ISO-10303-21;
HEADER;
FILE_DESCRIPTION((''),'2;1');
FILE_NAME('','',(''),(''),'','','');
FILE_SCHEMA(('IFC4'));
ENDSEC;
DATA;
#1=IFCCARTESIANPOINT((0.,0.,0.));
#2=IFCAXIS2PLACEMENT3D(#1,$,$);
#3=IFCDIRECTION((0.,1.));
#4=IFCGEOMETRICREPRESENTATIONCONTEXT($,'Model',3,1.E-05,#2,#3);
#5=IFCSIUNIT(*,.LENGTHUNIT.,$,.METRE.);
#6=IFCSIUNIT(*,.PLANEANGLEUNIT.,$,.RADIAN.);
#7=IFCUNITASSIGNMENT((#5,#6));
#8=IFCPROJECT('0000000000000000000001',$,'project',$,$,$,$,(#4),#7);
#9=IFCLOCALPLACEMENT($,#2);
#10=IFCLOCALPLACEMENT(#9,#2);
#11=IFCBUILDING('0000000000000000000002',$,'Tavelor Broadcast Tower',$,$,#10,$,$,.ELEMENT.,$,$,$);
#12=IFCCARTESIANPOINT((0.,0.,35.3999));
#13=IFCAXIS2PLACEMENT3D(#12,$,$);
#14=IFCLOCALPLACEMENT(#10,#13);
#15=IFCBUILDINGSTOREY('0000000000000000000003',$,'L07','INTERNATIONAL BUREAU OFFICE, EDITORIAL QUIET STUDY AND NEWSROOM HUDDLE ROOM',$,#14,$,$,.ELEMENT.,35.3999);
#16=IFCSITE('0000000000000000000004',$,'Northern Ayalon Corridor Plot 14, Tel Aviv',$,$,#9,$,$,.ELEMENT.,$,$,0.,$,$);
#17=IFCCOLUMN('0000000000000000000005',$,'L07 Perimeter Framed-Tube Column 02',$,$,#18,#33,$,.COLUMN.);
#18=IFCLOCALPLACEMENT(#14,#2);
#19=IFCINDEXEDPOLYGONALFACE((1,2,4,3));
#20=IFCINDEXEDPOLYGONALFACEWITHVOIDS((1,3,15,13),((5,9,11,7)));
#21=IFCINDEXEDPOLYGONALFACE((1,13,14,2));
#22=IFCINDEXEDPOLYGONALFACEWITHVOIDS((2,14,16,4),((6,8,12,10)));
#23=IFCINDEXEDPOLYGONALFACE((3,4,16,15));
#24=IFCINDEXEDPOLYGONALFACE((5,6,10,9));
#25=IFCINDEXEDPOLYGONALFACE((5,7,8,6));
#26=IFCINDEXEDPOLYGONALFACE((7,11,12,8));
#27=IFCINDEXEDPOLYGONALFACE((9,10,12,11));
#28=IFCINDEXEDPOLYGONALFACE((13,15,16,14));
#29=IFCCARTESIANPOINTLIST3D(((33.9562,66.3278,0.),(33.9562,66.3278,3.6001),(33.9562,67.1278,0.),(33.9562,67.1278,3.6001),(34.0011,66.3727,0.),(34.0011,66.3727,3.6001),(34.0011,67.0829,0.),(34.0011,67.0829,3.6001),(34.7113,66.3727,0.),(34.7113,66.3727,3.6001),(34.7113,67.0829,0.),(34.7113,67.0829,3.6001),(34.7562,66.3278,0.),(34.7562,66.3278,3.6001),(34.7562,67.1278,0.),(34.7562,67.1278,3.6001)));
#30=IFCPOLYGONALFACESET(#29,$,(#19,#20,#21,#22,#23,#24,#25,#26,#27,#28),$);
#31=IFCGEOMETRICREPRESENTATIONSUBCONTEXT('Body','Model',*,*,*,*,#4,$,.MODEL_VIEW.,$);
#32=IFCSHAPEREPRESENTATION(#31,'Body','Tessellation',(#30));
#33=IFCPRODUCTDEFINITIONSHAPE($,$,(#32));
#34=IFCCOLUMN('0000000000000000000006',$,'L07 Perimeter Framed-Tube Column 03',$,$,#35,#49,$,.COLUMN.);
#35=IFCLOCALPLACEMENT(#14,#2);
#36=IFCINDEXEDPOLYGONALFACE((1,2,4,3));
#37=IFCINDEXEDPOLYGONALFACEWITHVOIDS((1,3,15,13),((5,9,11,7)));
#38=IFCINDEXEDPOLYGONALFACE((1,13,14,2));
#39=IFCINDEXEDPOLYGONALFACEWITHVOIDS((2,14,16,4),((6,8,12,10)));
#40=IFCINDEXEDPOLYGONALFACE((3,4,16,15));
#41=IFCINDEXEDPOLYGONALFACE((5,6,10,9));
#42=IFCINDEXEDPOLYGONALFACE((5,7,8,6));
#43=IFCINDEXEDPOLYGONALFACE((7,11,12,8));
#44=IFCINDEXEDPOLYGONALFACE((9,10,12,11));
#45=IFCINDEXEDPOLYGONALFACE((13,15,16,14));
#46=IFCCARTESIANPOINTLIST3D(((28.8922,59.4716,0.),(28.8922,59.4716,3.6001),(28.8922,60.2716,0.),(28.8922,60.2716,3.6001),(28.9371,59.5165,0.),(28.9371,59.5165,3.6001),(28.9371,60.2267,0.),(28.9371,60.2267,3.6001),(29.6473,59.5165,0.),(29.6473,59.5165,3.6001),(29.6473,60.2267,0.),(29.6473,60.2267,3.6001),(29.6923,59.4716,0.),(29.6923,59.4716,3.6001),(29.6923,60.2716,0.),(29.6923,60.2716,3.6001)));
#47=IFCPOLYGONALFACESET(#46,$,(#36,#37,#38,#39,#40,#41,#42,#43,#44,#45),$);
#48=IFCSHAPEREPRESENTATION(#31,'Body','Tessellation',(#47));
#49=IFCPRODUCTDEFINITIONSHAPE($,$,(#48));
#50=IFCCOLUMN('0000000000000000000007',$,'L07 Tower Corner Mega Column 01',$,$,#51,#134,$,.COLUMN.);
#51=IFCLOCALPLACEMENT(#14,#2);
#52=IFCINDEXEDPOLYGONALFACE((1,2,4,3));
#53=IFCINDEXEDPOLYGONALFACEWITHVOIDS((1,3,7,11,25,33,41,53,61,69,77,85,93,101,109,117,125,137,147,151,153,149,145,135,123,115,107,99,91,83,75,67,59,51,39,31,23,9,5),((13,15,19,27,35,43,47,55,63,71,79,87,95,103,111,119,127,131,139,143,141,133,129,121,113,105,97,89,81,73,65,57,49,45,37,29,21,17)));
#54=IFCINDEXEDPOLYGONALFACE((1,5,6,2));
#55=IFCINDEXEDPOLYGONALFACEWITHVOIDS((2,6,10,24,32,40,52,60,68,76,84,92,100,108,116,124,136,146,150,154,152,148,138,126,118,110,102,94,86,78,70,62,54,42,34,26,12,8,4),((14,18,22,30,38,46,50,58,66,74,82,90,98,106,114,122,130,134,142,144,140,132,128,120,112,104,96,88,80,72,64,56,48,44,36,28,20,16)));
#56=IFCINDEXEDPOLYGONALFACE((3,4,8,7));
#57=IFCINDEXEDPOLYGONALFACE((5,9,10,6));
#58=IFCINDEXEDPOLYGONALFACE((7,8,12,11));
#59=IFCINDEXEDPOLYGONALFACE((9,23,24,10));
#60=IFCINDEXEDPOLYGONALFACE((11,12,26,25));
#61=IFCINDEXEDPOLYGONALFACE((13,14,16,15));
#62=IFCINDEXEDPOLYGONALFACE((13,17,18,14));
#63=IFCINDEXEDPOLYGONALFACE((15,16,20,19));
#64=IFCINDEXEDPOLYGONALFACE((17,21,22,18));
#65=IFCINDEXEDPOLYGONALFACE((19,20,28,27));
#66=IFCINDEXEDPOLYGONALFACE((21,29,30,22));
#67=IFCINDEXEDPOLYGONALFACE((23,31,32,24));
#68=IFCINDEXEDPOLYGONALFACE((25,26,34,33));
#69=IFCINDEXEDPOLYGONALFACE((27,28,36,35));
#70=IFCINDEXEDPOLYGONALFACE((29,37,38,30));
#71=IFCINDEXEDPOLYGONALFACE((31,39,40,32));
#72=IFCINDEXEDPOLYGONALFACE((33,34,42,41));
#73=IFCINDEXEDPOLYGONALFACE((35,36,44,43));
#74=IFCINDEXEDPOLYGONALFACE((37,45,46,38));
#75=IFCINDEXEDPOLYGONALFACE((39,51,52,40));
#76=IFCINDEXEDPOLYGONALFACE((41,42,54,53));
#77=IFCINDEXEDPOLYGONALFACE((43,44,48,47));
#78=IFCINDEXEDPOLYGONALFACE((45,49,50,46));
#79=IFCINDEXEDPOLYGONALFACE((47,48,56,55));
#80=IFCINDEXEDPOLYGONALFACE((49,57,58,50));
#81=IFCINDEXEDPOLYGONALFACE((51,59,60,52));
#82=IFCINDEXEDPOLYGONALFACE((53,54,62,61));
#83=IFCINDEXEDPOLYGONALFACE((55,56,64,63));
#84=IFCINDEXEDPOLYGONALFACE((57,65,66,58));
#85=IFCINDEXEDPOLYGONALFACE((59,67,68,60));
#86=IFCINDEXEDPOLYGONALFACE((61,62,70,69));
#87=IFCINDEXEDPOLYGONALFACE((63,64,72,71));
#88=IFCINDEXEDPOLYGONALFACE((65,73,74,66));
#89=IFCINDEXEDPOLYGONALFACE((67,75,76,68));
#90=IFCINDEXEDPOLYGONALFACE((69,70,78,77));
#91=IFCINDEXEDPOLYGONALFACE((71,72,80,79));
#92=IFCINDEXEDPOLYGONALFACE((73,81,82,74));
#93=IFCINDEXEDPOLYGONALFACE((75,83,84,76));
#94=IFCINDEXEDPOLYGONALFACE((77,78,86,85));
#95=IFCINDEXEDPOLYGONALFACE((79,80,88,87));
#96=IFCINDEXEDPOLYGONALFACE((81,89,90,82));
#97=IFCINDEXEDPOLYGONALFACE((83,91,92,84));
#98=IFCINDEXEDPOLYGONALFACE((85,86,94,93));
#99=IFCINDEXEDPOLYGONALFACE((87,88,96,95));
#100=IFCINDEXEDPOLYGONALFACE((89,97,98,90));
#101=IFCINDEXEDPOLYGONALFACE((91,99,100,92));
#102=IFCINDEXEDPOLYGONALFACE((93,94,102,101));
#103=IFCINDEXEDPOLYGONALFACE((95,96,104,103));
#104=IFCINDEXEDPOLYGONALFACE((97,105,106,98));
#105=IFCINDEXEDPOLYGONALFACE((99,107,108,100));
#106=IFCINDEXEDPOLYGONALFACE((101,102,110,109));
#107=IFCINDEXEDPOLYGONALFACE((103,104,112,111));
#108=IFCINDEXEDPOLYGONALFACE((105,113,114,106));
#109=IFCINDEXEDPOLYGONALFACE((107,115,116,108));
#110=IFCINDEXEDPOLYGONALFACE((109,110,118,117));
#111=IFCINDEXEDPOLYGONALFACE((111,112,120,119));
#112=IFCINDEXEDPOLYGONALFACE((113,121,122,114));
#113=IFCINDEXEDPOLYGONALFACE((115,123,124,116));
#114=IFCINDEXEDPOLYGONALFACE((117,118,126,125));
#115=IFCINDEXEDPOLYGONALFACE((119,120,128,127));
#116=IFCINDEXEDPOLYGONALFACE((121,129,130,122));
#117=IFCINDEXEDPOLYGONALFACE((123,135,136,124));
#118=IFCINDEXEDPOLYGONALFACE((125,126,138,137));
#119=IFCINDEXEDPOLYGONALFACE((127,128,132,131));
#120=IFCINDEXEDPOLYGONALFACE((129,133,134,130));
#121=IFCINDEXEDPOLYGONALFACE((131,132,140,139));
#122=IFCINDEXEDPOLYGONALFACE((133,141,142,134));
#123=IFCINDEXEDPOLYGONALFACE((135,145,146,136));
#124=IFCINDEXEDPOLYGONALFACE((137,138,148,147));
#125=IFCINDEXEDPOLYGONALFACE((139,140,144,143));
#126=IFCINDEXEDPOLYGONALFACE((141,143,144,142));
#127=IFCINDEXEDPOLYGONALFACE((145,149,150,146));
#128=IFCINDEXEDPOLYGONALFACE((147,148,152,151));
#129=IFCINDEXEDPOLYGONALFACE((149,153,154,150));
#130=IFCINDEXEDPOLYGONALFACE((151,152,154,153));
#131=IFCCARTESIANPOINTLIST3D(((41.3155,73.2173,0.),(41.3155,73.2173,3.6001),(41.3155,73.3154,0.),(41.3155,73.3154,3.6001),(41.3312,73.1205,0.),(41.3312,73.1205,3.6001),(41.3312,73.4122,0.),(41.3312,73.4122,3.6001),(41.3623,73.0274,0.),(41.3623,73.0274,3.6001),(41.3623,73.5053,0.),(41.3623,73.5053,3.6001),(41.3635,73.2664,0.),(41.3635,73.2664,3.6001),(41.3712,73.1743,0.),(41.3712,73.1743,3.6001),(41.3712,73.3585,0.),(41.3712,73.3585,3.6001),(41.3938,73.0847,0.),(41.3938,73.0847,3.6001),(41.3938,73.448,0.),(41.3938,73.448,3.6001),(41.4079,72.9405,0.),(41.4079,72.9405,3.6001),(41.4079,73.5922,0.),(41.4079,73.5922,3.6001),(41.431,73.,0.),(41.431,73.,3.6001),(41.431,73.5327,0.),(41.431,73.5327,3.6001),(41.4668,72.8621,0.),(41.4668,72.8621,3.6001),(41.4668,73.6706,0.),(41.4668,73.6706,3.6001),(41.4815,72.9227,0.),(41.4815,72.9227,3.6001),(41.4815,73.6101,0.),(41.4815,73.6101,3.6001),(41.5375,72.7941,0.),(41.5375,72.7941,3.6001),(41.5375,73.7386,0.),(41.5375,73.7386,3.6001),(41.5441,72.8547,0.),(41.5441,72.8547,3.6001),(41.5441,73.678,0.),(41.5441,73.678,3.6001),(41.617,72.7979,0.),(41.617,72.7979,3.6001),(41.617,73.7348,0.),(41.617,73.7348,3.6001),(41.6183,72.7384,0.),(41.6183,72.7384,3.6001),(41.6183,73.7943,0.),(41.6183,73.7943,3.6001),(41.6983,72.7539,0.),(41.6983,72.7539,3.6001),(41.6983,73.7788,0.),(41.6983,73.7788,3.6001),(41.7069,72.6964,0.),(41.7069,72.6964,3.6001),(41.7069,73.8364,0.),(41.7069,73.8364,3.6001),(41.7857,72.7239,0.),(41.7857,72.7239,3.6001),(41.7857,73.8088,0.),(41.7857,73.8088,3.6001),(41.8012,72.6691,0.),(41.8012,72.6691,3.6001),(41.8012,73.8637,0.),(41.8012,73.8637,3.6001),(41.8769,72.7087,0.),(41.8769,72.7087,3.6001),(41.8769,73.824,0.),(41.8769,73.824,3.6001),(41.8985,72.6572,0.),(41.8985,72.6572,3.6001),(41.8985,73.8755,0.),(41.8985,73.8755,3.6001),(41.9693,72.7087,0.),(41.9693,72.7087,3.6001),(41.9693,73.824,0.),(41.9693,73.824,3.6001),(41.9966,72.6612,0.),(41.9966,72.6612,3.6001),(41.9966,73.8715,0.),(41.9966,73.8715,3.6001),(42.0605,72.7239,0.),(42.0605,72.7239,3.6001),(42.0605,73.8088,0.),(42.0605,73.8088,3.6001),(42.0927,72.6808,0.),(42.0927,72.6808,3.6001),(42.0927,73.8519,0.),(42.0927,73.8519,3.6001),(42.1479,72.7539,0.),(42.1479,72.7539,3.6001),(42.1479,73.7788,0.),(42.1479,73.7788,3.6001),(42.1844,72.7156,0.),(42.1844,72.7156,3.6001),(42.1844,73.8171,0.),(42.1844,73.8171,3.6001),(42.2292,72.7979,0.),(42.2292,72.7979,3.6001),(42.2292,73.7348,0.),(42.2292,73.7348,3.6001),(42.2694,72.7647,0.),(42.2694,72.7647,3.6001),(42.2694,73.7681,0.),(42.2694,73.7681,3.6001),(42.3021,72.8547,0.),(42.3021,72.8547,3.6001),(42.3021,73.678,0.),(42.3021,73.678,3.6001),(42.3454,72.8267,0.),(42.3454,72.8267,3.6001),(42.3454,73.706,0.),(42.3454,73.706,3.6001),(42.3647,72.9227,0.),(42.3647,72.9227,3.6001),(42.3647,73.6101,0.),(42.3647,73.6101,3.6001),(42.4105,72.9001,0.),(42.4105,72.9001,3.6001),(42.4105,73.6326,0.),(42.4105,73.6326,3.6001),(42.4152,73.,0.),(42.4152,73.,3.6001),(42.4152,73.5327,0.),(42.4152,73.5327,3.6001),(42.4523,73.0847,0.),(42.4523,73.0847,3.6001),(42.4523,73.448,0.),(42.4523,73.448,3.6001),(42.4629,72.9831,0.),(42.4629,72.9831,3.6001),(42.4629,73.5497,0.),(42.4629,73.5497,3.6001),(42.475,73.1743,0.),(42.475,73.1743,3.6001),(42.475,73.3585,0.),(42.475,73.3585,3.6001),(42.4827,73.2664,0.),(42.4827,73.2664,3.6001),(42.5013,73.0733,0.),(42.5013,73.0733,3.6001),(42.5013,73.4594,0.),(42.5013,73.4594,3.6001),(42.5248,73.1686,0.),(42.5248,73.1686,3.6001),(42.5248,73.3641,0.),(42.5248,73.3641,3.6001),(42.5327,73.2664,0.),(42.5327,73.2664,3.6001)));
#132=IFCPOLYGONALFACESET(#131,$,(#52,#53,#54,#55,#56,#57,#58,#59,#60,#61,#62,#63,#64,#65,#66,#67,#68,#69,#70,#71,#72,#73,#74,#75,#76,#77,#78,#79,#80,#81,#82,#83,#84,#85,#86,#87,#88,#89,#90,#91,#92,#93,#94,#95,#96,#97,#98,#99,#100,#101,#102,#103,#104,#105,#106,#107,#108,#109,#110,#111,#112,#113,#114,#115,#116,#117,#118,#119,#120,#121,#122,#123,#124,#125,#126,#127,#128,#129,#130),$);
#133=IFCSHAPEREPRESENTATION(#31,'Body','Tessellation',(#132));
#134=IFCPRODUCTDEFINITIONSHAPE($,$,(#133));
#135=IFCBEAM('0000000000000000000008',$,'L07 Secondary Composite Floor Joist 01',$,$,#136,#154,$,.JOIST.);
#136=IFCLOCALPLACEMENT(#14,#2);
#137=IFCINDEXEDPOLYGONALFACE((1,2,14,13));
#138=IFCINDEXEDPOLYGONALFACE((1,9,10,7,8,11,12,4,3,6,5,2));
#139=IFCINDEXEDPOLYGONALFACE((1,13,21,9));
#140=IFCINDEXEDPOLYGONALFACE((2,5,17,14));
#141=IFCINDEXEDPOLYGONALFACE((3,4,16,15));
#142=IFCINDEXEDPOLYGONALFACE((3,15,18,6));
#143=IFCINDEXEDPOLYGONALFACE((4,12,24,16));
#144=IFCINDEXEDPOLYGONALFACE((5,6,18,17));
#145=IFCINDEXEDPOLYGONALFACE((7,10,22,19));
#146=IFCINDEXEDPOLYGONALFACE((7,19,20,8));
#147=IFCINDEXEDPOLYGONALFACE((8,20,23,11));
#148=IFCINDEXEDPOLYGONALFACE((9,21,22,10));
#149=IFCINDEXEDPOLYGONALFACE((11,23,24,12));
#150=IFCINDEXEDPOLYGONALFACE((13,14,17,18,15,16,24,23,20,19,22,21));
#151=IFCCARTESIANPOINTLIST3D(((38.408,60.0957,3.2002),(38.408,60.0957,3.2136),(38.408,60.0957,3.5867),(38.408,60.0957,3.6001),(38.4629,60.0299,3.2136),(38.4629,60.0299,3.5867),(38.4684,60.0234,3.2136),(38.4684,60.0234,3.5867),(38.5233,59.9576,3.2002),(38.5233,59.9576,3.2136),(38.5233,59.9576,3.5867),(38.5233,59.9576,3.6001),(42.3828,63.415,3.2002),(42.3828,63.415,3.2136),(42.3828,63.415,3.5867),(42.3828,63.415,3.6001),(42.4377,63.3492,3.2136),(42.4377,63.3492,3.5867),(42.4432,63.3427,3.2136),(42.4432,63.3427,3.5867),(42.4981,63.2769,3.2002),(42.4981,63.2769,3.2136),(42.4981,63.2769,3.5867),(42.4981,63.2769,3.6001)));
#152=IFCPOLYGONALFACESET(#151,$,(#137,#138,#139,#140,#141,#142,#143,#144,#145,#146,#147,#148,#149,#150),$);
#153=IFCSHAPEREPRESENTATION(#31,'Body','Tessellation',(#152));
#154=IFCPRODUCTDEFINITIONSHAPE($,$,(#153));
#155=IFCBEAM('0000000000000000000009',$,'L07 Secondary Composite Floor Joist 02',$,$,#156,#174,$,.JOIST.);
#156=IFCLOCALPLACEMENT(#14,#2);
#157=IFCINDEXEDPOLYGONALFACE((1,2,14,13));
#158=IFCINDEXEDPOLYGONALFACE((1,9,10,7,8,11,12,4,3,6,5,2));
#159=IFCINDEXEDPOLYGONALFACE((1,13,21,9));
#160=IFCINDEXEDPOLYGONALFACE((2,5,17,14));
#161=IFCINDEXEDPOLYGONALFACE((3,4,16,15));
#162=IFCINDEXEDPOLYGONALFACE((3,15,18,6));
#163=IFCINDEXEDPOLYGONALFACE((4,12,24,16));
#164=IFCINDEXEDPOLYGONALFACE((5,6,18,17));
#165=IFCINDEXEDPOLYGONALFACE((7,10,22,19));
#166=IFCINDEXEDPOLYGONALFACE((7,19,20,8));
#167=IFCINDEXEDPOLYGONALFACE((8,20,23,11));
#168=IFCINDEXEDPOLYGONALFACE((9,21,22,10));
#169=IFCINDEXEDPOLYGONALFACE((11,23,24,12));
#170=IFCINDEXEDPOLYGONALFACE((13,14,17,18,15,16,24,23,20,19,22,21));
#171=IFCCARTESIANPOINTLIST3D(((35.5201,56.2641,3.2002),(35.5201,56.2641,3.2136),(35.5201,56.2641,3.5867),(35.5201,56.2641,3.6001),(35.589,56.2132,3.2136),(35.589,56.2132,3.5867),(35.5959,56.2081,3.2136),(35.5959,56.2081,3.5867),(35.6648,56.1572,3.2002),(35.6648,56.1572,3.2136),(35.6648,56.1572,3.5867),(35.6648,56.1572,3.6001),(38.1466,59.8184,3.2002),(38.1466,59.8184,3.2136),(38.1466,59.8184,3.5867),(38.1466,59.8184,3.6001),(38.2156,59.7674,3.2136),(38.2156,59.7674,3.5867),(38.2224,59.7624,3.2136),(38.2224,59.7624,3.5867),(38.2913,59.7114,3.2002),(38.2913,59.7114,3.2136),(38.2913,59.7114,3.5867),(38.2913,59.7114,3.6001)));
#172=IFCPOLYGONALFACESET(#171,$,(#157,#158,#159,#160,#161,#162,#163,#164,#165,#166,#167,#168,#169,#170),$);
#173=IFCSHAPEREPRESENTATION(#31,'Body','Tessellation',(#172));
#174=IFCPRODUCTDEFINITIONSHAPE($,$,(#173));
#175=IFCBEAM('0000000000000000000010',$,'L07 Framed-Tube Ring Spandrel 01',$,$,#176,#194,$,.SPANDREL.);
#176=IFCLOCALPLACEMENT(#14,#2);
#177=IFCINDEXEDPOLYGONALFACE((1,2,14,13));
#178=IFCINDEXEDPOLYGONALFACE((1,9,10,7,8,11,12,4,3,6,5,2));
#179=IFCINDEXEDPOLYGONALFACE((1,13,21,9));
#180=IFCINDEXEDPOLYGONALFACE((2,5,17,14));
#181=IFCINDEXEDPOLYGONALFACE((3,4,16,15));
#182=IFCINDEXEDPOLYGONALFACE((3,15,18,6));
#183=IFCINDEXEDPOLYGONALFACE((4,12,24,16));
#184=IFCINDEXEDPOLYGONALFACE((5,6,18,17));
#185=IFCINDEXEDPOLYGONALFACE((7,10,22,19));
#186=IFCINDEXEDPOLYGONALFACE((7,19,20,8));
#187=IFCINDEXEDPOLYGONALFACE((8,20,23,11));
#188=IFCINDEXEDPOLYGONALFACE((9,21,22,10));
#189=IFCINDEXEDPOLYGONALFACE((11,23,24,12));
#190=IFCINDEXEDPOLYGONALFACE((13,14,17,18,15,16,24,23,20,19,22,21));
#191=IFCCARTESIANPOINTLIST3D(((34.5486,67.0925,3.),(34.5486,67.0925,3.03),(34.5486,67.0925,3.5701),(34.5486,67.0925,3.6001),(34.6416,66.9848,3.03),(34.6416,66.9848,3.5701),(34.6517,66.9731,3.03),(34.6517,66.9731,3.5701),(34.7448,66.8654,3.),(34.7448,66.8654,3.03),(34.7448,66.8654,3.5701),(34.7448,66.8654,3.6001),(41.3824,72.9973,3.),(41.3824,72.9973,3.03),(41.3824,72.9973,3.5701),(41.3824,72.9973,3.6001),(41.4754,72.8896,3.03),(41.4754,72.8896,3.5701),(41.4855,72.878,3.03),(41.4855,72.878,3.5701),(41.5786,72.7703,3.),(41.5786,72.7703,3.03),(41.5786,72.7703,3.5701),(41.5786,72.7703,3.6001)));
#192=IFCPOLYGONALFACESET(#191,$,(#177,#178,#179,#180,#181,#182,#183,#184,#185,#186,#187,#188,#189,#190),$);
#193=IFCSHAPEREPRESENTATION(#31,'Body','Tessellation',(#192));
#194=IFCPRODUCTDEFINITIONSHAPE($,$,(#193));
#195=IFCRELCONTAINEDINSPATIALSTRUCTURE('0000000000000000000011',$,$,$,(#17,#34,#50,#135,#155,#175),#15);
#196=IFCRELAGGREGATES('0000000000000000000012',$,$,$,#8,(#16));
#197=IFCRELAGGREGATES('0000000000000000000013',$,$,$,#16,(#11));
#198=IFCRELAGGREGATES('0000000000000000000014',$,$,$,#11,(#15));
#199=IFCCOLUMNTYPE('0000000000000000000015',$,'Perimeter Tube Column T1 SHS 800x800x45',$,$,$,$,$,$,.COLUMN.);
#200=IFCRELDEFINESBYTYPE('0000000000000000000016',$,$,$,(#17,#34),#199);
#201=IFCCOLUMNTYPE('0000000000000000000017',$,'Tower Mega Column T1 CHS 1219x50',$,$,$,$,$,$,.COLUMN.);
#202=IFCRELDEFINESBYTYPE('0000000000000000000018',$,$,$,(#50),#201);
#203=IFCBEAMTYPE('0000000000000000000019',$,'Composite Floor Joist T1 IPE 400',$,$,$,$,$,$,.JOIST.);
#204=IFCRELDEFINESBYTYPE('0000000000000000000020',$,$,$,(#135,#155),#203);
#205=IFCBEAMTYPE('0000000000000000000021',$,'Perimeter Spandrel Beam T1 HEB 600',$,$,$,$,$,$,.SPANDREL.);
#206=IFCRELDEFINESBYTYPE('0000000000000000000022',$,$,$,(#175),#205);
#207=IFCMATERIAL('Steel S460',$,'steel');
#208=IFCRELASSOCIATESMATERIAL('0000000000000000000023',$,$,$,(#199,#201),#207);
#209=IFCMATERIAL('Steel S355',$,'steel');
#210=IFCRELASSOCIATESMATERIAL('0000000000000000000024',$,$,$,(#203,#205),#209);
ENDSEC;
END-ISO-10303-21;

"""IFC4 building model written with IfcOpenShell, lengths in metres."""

from ifc_helpers import new_model, si_unit, direction, frame, origin, origin_2d, place, context, subcontext, project, spatial, hollow_rectangle, hollow_circle, i_section, extrude, material, material_profile, profile_set, type_object, element, save


model = new_model("IFC4")

# Units and contexts
model_context = context("Model", 3, precision=1e-05, world=origin(), true_north=direction((0.0, 1.0)))
body_context = subcontext(model_context, "Body", "Model", "MODEL_VIEW")
ifc_project = project(units=[si_unit("LENGTHUNIT", "METRE"), si_unit("PLANEANGLEUNIT", "RADIAN")], contexts=[model_context])

# Site, building, storey
site_placement = place(None, origin())
site = spatial("IfcSite", under=ifc_project, at=site_placement, Name="Northern Ayalon Corridor Plot 14, Tel Aviv", CompositionType="ELEMENT", RefElevation=0.0)
building_placement = place(site_placement, origin())
building = spatial("IfcBuilding", under=site, at=building_placement, Name="Tavelor Broadcast Tower", CompositionType="ELEMENT")
storey_placement = place(building_placement, frame((0.0, 0.0, 35.3999)))
storey = spatial("IfcBuildingStorey", under=building, at=storey_placement, Name="L07", Description="INTERNATIONAL BUREAU OFFICE, EDITORIAL QUIET STUDY AND NEWSROOM HUDDLE ROOM", CompositionType="ELEMENT", Elevation=35.3999)

# Columns
ifc_material_1 = material(Name="Steel S460", Category="steel")
ifc_material_profile_1 = material_profile(ifc_material_1, hollow_rectangle(XDim=0.8, YDim=0.8, WallThickness=0.0449, at=origin_2d()), Name="SHS 800x800x45")
ifc_profile_set_1 = profile_set([ifc_material_profile_1], Name="Steel S460")
column_type_1 = type_object("IfcColumnType", Name="Perimeter Tube Column T1 SHS 800x800x45", PredefinedType="COLUMN", material=ifc_profile_set_1)
for number, where, z_axis, x_axis, name in (
    (1, (34.3562, 66.7278, 0.0), (0.0, 0.0, 1.0), (1.0, 0.0, 0.0), "L07 Perimeter Framed-Tube Column 02"),
    (2, (29.2922, 59.8716, 0.0), (0.0, 0.0, 1.0), (1.0, 0.0, 0.0), "L07 Perimeter Framed-Tube Column 03"),
):
    element("IfcColumn", number, at=place(storey_placement, frame(where, z_axis=z_axis, x_axis=x_axis)), inside=storey, type_object=column_type_1, Name=name, PredefinedType="COLUMN", context=body_context, shape_type="SweptSolid", body=[
        extrude(hollow_rectangle(XDim=0.8, YDim=0.8, WallThickness=0.0449, at=origin_2d()), origin(), (0.0, 0.0, 1.0), 3.6001),
    ])
ifc_material_profile_2 = material_profile(ifc_material_1, hollow_circle(Radius=0.6096, WallThickness=0.05, at=origin_2d()), Name="CHS 1219x50")
ifc_profile_set_2 = profile_set([ifc_material_profile_2], Name="Steel S460")
column_type_2 = type_object("IfcColumnType", Name="Tower Mega Column T1 CHS 1219x50", PredefinedType="COLUMN", material=ifc_profile_set_2)
column_placement = place(storey_placement, frame((41.9231, 73.2664, 0.0), z_axis=(0.0, 0.0, 1.0), x_axis=(1.0, 0.0, 0.0)))
element("IfcColumn", 3, at=column_placement, inside=storey, type_object=column_type_2, Name="L07 Tower Corner Mega Column 01", PredefinedType="COLUMN", context=body_context, shape_type="SweptSolid", body=[
    extrude(hollow_circle(Radius=0.6096, WallThickness=0.05, at=origin_2d()), origin(), (0.0, 0.0, 1.0), 3.6001),
])

# Beams
ifc_material_2 = material(Name="Steel S355", Category="steel")
ifc_material_profile_3 = material_profile(ifc_material_2, i_section(OverallWidth=0.1799, OverallDepth=0.3999, WebThickness=0.0085, FlangeThickness=0.0134, at=origin_2d()), Name="IPE 400")
ifc_profile_set_3 = profile_set([ifc_material_profile_3], Name="Steel S355")
beam_type_1 = type_object("IfcBeamType", Name="Composite Floor Joist T1 IPE 400", PredefinedType="JOIST", material=ifc_profile_set_3)
beam_1_placement = place(storey_placement, frame((42.4404, 63.3459, 3.4001), z_axis=(-0.76756, -0.640977, 0.0), x_axis=(0.640977, -0.76756, 0.0)))
element("IfcBeam", 4, at=beam_1_placement, inside=storey, type_object=beam_type_1, Name="L07 Secondary Composite Floor Joist 01", PredefinedType="JOIST", context=body_context, shape_type="SweptSolid", body=[
    extrude(i_section(OverallWidth=0.1799, OverallDepth=0.3999, WebThickness=0.0085, FlangeThickness=0.0134, at=origin_2d()), origin(), (0.0, 0.0, 1.0), 5.1785),
])
beam_2_placement = place(storey_placement, frame((38.219, 59.7649, 3.4001), z_axis=(-0.59431, -0.804236, 0.0), x_axis=(0.804236, -0.59431, 0.0)))
element("IfcBeam", 5, at=beam_2_placement, inside=storey, type_object=beam_type_1, Name="L07 Secondary Composite Floor Joist 02", PredefinedType="JOIST", context=body_context, shape_type="SweptSolid", body=[
    extrude(i_section(OverallWidth=0.1799, OverallDepth=0.3999, WebThickness=0.0085, FlangeThickness=0.0134, at=origin_2d()), origin(), (0.0, 0.0, 1.0), 4.4194),
])
ifc_material_profile_4 = material_profile(ifc_material_2, i_section(OverallWidth=0.3, OverallDepth=0.6001, WebThickness=0.0154, FlangeThickness=0.03, at=origin_2d()), Name="HEB 600")
ifc_profile_set_4 = profile_set([ifc_material_profile_4], Name="Steel S355")
beam_type_2 = type_object("IfcBeamType", Name="Perimeter Spandrel Beam T1 HEB 600", PredefinedType="SPANDREL", material=ifc_profile_set_4)
beam_3_placement = place(storey_placement, frame((41.4805, 72.8838, 3.3), z_axis=(-0.756663, -0.653805, 0.0), x_axis=(0.653805, -0.756663, 0.0)))
element("IfcBeam", 6, at=beam_3_placement, inside=storey, type_object=beam_type_2, Name="L07 Framed-Tube Ring Spandrel 01", PredefinedType="SPANDREL", context=body_context, shape_type="SweptSolid", body=[
    extrude(i_section(OverallWidth=0.3, OverallDepth=0.6001, WebThickness=0.0154, FlangeThickness=0.03, at=origin_2d()), origin(), (0.0, 0.0, 1.0), 9.0315),
])

save(model, "model.ifc")
